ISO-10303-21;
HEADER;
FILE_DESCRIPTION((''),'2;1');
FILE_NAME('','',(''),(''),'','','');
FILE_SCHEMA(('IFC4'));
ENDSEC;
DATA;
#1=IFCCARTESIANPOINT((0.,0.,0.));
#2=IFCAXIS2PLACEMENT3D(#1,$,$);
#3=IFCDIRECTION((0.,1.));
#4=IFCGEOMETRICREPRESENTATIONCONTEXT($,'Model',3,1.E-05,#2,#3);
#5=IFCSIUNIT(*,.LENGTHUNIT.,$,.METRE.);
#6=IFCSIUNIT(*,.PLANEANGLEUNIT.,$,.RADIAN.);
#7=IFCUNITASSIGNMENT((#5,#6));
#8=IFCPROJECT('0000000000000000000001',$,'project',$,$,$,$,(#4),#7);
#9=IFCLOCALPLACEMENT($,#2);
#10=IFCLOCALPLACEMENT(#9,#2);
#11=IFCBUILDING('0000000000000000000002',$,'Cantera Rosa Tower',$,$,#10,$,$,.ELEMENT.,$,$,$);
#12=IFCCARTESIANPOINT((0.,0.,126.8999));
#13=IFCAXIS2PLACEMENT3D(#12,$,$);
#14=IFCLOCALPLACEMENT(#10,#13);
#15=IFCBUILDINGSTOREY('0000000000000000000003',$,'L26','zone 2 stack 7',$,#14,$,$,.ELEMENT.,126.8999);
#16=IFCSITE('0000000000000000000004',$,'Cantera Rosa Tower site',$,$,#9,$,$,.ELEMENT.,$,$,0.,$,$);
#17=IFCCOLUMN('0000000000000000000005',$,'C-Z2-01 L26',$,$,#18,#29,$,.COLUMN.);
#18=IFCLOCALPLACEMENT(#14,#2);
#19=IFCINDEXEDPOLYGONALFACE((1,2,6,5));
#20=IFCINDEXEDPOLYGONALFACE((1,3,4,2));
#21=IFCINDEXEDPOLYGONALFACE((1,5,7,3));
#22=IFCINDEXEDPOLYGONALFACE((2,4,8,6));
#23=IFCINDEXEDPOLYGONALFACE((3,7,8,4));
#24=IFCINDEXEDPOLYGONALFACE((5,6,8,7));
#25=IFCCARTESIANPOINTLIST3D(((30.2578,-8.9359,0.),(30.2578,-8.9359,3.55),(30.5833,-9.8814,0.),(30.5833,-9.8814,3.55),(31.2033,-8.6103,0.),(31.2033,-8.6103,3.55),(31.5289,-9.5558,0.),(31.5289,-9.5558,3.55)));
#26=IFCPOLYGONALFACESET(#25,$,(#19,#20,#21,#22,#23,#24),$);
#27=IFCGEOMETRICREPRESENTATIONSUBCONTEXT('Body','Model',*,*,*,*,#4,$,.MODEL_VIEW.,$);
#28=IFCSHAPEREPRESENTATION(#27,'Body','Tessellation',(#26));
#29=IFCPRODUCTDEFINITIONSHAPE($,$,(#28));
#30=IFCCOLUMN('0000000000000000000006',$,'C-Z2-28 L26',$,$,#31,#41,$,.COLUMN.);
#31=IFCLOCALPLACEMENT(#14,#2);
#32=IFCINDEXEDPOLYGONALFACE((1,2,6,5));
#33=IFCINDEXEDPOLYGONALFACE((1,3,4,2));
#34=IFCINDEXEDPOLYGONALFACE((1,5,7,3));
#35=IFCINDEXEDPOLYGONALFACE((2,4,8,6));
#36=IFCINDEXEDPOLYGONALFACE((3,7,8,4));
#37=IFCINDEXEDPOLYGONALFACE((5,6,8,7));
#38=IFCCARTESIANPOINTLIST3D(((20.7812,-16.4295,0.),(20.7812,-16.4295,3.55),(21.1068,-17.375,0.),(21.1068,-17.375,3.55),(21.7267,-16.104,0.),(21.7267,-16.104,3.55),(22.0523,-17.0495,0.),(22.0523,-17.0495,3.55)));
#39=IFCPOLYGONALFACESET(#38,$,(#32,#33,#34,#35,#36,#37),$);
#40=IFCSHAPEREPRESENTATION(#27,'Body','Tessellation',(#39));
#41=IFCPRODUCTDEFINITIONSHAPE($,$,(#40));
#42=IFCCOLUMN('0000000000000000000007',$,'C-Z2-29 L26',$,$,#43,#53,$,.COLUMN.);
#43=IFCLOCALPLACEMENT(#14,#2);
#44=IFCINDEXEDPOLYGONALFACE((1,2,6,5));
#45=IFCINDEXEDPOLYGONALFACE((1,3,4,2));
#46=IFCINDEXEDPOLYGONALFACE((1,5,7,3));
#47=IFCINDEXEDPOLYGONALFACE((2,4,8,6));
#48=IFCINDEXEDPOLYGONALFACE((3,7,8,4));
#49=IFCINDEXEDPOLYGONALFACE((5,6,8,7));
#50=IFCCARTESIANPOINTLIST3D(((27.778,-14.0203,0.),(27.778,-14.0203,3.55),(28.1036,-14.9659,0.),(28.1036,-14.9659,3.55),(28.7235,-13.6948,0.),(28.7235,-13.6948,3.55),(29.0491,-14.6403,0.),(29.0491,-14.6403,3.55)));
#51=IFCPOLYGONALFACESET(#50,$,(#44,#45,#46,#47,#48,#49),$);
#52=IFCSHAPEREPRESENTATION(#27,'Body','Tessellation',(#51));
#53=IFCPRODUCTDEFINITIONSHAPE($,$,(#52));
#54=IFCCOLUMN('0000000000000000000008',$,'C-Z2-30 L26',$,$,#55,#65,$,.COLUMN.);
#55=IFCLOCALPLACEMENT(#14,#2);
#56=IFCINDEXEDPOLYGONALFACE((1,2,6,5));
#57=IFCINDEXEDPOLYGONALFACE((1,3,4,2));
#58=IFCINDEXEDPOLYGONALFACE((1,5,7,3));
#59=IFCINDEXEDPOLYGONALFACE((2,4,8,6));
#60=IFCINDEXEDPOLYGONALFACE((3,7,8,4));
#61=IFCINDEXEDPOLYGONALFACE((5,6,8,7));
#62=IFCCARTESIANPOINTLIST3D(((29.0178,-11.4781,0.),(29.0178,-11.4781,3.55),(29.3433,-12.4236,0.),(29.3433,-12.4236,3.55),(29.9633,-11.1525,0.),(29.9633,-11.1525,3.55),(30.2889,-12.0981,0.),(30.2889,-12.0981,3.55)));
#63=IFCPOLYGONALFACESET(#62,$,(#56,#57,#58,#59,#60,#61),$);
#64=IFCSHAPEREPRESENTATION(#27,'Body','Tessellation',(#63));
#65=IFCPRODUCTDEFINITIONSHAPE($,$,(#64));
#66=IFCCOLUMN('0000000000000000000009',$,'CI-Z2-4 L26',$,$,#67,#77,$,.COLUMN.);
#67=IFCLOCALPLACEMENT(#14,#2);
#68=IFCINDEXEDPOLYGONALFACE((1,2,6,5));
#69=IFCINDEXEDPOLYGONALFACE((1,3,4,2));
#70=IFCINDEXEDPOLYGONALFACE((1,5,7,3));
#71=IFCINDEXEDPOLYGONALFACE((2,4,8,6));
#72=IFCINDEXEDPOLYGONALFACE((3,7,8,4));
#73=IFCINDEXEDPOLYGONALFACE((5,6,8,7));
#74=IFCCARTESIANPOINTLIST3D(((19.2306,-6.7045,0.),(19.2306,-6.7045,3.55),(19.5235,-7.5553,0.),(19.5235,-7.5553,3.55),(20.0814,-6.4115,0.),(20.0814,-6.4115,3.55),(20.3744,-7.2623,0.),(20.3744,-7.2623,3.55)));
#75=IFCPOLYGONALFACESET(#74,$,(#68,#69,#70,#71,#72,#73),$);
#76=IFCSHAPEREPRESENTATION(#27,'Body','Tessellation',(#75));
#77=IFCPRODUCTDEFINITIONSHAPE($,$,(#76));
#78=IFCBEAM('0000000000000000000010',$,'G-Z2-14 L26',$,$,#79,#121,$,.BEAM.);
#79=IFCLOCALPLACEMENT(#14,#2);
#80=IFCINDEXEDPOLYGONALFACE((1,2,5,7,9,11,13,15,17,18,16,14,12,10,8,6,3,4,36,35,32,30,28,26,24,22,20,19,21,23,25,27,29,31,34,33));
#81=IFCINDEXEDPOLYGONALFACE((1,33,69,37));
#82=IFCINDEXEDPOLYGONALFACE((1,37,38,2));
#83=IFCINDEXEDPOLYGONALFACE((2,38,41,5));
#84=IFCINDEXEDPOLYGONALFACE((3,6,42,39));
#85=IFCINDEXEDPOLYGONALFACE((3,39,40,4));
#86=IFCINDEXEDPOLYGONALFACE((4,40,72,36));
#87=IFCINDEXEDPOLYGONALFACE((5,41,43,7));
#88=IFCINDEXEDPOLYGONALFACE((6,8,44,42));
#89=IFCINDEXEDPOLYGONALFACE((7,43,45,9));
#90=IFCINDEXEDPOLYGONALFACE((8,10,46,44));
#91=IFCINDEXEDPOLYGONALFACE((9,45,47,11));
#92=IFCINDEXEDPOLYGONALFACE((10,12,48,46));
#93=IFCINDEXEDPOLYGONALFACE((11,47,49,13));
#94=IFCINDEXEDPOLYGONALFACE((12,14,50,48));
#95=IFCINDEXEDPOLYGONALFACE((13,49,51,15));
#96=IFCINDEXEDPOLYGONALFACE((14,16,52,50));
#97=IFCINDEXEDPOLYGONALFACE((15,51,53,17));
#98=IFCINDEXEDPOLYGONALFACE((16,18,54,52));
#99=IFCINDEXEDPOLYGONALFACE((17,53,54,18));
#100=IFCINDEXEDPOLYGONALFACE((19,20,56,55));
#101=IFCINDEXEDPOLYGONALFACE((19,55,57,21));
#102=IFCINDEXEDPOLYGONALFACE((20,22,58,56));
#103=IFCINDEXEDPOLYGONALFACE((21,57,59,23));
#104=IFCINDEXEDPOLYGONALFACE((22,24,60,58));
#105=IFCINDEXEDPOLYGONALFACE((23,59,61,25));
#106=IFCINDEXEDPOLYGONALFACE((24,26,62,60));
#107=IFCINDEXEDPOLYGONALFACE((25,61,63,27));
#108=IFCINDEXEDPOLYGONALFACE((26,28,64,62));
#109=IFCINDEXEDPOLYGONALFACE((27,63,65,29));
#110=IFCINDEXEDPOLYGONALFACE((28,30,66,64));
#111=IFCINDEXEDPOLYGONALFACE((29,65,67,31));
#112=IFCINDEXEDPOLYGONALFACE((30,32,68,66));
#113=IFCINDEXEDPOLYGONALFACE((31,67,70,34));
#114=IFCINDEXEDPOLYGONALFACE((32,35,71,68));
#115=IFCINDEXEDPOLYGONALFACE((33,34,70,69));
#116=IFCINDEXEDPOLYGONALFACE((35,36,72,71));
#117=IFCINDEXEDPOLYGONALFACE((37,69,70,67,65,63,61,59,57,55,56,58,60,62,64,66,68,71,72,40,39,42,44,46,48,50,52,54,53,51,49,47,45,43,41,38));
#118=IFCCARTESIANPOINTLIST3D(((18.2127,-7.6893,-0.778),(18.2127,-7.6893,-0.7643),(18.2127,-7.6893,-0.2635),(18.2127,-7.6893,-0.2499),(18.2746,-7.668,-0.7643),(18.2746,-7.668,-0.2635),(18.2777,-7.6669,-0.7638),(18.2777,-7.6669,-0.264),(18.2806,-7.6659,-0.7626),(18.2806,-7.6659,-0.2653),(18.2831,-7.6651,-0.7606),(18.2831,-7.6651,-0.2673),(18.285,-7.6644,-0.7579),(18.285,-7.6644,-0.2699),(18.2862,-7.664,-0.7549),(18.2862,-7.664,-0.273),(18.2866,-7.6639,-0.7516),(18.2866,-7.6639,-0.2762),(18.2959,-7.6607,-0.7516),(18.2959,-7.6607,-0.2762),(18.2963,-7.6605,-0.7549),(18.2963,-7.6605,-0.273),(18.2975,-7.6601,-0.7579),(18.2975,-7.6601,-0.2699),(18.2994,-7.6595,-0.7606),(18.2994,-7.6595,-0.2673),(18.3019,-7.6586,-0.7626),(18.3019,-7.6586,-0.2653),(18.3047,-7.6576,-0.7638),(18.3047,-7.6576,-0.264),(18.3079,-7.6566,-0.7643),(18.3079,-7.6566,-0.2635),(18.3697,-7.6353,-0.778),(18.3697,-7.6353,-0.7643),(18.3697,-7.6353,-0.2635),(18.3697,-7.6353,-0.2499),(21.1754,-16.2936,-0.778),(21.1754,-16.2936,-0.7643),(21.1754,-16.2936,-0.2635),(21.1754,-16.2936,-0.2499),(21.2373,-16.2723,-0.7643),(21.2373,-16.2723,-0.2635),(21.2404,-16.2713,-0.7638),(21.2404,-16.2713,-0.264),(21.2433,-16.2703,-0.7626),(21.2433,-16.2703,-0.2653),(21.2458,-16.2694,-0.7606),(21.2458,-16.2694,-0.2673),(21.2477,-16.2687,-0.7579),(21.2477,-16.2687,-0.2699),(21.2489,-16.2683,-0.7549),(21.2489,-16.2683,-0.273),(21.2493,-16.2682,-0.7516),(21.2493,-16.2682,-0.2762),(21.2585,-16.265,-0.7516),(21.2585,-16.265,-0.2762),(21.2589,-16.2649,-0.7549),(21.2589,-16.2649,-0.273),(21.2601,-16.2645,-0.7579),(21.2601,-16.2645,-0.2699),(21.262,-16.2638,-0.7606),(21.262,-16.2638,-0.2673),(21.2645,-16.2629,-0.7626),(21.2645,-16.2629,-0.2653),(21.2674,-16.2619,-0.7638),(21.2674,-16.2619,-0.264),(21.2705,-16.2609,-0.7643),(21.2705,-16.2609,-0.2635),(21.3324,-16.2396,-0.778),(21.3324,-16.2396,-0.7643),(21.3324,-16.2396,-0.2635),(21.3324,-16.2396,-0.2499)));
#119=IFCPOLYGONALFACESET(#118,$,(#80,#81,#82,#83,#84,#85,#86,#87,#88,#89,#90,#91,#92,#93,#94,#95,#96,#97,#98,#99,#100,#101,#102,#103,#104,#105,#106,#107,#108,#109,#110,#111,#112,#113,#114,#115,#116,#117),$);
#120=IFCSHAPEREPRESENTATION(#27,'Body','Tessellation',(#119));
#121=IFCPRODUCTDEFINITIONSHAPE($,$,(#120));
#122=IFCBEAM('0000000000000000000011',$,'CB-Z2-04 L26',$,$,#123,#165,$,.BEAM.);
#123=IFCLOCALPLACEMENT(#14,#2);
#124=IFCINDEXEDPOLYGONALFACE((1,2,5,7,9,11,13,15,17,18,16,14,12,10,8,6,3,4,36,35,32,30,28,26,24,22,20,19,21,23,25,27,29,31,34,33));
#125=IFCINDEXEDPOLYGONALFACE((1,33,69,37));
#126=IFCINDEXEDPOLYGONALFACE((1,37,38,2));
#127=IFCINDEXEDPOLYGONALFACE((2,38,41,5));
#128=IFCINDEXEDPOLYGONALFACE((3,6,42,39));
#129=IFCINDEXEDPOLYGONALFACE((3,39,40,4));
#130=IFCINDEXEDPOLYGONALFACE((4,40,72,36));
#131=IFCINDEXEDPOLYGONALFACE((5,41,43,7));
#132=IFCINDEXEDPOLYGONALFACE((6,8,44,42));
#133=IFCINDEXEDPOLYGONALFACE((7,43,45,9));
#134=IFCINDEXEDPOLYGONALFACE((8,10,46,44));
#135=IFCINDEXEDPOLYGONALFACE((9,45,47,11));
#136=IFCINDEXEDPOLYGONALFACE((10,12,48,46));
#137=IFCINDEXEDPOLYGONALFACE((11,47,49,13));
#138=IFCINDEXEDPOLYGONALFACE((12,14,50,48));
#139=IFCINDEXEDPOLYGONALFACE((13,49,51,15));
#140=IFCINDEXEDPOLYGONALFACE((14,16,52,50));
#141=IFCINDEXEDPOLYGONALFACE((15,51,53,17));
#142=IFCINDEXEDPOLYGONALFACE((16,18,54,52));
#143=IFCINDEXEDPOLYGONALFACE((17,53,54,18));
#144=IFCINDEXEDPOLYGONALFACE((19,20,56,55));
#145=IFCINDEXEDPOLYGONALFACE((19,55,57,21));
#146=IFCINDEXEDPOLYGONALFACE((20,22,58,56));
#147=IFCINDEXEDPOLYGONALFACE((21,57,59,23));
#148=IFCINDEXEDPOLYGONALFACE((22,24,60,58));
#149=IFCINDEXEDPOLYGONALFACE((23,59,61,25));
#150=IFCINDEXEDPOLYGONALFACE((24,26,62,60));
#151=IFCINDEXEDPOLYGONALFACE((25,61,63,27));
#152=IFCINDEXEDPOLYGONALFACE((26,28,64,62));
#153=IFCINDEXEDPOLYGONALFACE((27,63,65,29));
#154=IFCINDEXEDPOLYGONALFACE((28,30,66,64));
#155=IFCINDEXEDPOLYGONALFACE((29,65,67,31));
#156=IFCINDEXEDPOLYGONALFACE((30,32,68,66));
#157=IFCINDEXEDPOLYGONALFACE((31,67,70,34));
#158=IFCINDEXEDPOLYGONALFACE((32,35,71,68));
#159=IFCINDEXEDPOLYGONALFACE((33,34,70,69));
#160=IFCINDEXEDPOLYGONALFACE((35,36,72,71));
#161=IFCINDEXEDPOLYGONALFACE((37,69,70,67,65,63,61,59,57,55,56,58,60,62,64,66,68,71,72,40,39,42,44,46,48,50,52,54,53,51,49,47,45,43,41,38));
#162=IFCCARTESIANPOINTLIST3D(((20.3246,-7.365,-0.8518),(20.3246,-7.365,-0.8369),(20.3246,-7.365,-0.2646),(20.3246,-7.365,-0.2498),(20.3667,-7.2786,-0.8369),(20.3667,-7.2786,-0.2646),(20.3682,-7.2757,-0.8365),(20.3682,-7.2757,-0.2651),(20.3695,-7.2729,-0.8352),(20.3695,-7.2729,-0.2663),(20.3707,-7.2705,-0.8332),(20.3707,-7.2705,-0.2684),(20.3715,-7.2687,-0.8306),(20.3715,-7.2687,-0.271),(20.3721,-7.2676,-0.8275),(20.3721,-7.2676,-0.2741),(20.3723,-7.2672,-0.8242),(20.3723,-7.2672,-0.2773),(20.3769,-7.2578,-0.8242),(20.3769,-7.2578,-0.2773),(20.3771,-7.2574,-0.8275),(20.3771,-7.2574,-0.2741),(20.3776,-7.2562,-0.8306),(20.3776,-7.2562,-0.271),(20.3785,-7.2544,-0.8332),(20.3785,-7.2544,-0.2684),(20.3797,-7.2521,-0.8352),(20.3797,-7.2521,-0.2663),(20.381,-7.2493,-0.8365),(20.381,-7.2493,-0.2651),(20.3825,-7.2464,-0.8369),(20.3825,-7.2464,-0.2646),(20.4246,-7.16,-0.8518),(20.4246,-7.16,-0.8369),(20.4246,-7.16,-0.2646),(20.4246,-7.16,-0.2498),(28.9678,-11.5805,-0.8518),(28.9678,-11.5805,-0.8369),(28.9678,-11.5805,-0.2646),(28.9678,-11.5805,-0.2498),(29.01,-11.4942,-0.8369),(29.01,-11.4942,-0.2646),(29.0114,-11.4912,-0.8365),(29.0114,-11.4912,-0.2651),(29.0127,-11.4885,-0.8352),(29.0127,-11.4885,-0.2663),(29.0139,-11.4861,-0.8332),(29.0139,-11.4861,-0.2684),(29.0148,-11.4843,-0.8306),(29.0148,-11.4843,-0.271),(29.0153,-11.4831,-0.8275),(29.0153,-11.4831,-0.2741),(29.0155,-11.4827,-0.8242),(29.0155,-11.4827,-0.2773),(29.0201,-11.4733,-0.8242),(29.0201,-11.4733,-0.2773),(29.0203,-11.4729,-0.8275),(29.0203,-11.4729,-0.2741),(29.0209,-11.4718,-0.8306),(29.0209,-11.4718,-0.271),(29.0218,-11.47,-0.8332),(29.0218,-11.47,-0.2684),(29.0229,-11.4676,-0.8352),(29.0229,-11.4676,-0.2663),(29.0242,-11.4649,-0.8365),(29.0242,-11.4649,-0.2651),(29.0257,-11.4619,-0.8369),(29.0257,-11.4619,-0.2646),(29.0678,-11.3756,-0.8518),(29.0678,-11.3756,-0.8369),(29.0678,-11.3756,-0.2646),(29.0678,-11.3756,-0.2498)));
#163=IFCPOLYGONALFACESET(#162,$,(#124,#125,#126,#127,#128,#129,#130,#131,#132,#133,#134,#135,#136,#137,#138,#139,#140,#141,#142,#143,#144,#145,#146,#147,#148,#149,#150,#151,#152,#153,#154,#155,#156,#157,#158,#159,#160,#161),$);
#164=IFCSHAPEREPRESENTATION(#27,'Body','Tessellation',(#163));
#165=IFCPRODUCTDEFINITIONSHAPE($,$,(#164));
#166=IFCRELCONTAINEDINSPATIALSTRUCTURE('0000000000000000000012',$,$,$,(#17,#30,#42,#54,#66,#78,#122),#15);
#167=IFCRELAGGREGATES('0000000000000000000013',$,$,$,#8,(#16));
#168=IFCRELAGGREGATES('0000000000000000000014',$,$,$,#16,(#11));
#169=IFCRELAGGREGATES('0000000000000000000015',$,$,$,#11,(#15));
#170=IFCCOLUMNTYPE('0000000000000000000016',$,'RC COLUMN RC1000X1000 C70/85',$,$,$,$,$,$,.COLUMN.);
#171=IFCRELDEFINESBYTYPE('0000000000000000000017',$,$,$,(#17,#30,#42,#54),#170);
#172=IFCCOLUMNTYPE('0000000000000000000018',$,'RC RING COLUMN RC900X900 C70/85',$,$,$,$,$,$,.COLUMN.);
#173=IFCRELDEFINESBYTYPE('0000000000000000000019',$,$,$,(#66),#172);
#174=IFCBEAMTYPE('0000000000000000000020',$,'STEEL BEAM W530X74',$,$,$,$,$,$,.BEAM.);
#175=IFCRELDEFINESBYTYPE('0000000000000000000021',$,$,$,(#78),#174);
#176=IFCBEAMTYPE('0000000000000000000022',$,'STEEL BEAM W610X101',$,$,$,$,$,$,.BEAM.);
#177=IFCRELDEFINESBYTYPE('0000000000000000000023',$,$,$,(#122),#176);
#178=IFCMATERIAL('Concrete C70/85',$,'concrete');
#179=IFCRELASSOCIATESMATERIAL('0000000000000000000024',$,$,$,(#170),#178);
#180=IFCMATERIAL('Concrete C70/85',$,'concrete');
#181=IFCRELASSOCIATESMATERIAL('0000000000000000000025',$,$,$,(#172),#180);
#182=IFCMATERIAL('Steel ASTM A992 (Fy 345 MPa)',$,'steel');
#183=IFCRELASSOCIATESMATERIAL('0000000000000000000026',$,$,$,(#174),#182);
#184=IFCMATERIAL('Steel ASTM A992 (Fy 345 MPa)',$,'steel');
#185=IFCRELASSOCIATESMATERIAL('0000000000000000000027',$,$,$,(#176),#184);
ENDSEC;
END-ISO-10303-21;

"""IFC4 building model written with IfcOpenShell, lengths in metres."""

from ifc_helpers import new_model, si_unit, direction, frame, origin, origin_2d, place, context, subcontext, project, spatial, rectangle, i_section, extrude, material, material_profile, profile_set, type_object, element, save


model = new_model("IFC4")

# Units and contexts
model_context = context("Model", 3, precision=1e-05, world=origin(), true_north=direction((0.0, 1.0)))
body_context = subcontext(model_context, "Body", "Model", "MODEL_VIEW")
ifc_project = project(units=[si_unit("LENGTHUNIT", "METRE"), si_unit("PLANEANGLEUNIT", "RADIAN")], contexts=[model_context])

# Site, building, storey
site_placement = place(None, origin())
site = spatial("IfcSite", under=ifc_project, at=site_placement, Name="Cantera Rosa Tower site", CompositionType="ELEMENT", RefElevation=0.0)
building_placement = place(site_placement, origin())
building = spatial("IfcBuilding", under=site, at=building_placement, Name="Cantera Rosa Tower", CompositionType="ELEMENT")
storey_placement = place(building_placement, frame((0.0, 0.0, 126.8999)))
storey = spatial("IfcBuildingStorey", under=building, at=storey_placement, Name="L26", Description="zone 2 stack 7", CompositionType="ELEMENT", Elevation=126.8999)

# Columns
ifc_material_1 = material(Name="Concrete C70/85", Category="concrete")
ifc_material_profile_1 = material_profile(ifc_material_1, rectangle(XDim=1.0, YDim=1.0, at=origin_2d()), Name="RC COLUMN RC1000X1000 C70/85")
ifc_profile_set_1 = profile_set([ifc_material_profile_1], Name="Concrete C70/85")
column_type_1 = type_object("IfcColumnType", Name="RC COLUMN RC1000X1000 C70/85", PredefinedType="COLUMN", material=ifc_profile_set_1)
for number, where, z_axis, x_axis, name in (
    (1, (30.8933, -9.2458, 0.0), (0.0, 0.0, 1.0), (0.945519, 0.325568, 0.0), "C-Z2-01 L26"),
    (2, (21.4167, -16.7395, 0.0), (0.0, 0.0, 1.0), (0.945519, 0.325568, 0.0), "C-Z2-28 L26"),
    (3, (28.4136, -14.3303, 0.0), (0.0, 0.0, 1.0), (0.945519, 0.325568, 0.0), "C-Z2-29 L26"),
    (4, (29.6533, -11.7881, 0.0), (0.0, 0.0, 1.0), (0.945519, 0.325568, 0.0), "C-Z2-30 L26"),
):
    element("IfcColumn", number, at=place(storey_placement, frame(where, z_axis=z_axis, x_axis=x_axis)), inside=storey, type_object=column_type_1, Name=name, PredefinedType="COLUMN", context=body_context, shape_type="SweptSolid", body=[
        extrude(rectangle(XDim=1.0, YDim=1.0, at=origin_2d()), origin(), (0.0, 0.0, 1.0), 3.55),
    ])
ifc_material_2 = material(Name="Concrete C70/85", Category="concrete")
ifc_material_profile_2 = material_profile(ifc_material_2, rectangle(XDim=0.8999, YDim=0.8999, at=origin_2d()), Name="RC RING COLUMN RC900X900 C70/85")
ifc_profile_set_2 = profile_set([ifc_material_profile_2], Name="Concrete C70/85")
column_type_2 = type_object("IfcColumnType", Name="RC RING COLUMN RC900X900 C70/85", PredefinedType="COLUMN", material=ifc_profile_set_2)
column_placement = place(storey_placement, frame((19.8025, -6.9834, 0.0), z_axis=(0.0, 0.0, 1.0), x_axis=(0.945519, 0.325568, 0.0)))
element("IfcColumn", 5, at=column_placement, inside=storey, type_object=column_type_2, Name="CI-Z2-4 L26", PredefinedType="COLUMN", context=body_context, shape_type="SweptSolid", body=[
    extrude(rectangle(XDim=0.8999, YDim=0.8999, at=origin_2d()), origin(), (0.0, 0.0, 1.0), 3.55),
])

# Beams
ifc_material_3 = material(Name="Steel ASTM A992 (Fy 345 MPa)", Category="steel")
ifc_material_profile_3 = material_profile(ifc_material_3, i_section(OverallWidth=0.166, OverallDepth=0.5281, WebThickness=0.0098, FlangeThickness=0.0137, FilletRadius=0.0127, at=origin_2d()), Name="W530X74")
ifc_profile_set_3 = profile_set([ifc_material_profile_3], Name="Steel ASTM A992 (Fy 345 MPa)")
beam_type_1 = type_object("IfcBeamType", Name="STEEL BEAM W530X74", PredefinedType="BEAM", material=ifc_profile_set_3)
beam_1_placement = place(storey_placement, frame((21.2539, -16.2666, -0.5139), z_axis=(-0.325565, 0.94552, 0.0), x_axis=(-0.94552, -0.325565, 0.0)))
element("IfcBeam", 6, at=beam_1_placement, inside=storey, type_object=beam_type_1, Name="G-Z2-14 L26", PredefinedType="BEAM", context=body_context, shape_type="SweptSolid", body=[
    extrude(i_section(OverallWidth=0.166, OverallDepth=0.5281, WebThickness=0.0098, FlangeThickness=0.0137, FilletRadius=0.0127, at=origin_2d()), origin(), (0.0, 0.0, 1.0), 9.1001),
])
ifc_material_4 = material(Name="Steel ASTM A992 (Fy 345 MPa)", Category="steel")
ifc_material_profile_4 = material_profile(ifc_material_4, i_section(OverallWidth=0.228, OverallDepth=0.6021, WebThickness=0.0105, FlangeThickness=0.0149, FilletRadius=0.0127, at=origin_2d()), Name="W610X101")
ifc_profile_set_4 = profile_set([ifc_material_profile_4], Name="Steel ASTM A992 (Fy 345 MPa)")
beam_type_2 = type_object("IfcBeamType", Name="STEEL BEAM W610X101", PredefinedType="BEAM", material=ifc_profile_set_4)
beam_2_placement = place(storey_placement, frame((29.0178, -11.478, -0.5508), z_axis=(-0.898796, 0.438367, 0.0), x_axis=(-0.438367, -0.898796, 0.0)))
element("IfcBeam", 7, at=beam_2_placement, inside=storey, type_object=beam_type_2, Name="CB-Z2-04 L26", PredefinedType="BEAM", context=body_context, shape_type="SweptSolid", body=[
    extrude(i_section(OverallWidth=0.228, OverallDepth=0.6021, WebThickness=0.0105, FlangeThickness=0.0149, FilletRadius=0.0127, at=origin_2d()), origin(), (0.0, 0.0, 1.0), 9.6165),
])

save(model, "model.ifc")
